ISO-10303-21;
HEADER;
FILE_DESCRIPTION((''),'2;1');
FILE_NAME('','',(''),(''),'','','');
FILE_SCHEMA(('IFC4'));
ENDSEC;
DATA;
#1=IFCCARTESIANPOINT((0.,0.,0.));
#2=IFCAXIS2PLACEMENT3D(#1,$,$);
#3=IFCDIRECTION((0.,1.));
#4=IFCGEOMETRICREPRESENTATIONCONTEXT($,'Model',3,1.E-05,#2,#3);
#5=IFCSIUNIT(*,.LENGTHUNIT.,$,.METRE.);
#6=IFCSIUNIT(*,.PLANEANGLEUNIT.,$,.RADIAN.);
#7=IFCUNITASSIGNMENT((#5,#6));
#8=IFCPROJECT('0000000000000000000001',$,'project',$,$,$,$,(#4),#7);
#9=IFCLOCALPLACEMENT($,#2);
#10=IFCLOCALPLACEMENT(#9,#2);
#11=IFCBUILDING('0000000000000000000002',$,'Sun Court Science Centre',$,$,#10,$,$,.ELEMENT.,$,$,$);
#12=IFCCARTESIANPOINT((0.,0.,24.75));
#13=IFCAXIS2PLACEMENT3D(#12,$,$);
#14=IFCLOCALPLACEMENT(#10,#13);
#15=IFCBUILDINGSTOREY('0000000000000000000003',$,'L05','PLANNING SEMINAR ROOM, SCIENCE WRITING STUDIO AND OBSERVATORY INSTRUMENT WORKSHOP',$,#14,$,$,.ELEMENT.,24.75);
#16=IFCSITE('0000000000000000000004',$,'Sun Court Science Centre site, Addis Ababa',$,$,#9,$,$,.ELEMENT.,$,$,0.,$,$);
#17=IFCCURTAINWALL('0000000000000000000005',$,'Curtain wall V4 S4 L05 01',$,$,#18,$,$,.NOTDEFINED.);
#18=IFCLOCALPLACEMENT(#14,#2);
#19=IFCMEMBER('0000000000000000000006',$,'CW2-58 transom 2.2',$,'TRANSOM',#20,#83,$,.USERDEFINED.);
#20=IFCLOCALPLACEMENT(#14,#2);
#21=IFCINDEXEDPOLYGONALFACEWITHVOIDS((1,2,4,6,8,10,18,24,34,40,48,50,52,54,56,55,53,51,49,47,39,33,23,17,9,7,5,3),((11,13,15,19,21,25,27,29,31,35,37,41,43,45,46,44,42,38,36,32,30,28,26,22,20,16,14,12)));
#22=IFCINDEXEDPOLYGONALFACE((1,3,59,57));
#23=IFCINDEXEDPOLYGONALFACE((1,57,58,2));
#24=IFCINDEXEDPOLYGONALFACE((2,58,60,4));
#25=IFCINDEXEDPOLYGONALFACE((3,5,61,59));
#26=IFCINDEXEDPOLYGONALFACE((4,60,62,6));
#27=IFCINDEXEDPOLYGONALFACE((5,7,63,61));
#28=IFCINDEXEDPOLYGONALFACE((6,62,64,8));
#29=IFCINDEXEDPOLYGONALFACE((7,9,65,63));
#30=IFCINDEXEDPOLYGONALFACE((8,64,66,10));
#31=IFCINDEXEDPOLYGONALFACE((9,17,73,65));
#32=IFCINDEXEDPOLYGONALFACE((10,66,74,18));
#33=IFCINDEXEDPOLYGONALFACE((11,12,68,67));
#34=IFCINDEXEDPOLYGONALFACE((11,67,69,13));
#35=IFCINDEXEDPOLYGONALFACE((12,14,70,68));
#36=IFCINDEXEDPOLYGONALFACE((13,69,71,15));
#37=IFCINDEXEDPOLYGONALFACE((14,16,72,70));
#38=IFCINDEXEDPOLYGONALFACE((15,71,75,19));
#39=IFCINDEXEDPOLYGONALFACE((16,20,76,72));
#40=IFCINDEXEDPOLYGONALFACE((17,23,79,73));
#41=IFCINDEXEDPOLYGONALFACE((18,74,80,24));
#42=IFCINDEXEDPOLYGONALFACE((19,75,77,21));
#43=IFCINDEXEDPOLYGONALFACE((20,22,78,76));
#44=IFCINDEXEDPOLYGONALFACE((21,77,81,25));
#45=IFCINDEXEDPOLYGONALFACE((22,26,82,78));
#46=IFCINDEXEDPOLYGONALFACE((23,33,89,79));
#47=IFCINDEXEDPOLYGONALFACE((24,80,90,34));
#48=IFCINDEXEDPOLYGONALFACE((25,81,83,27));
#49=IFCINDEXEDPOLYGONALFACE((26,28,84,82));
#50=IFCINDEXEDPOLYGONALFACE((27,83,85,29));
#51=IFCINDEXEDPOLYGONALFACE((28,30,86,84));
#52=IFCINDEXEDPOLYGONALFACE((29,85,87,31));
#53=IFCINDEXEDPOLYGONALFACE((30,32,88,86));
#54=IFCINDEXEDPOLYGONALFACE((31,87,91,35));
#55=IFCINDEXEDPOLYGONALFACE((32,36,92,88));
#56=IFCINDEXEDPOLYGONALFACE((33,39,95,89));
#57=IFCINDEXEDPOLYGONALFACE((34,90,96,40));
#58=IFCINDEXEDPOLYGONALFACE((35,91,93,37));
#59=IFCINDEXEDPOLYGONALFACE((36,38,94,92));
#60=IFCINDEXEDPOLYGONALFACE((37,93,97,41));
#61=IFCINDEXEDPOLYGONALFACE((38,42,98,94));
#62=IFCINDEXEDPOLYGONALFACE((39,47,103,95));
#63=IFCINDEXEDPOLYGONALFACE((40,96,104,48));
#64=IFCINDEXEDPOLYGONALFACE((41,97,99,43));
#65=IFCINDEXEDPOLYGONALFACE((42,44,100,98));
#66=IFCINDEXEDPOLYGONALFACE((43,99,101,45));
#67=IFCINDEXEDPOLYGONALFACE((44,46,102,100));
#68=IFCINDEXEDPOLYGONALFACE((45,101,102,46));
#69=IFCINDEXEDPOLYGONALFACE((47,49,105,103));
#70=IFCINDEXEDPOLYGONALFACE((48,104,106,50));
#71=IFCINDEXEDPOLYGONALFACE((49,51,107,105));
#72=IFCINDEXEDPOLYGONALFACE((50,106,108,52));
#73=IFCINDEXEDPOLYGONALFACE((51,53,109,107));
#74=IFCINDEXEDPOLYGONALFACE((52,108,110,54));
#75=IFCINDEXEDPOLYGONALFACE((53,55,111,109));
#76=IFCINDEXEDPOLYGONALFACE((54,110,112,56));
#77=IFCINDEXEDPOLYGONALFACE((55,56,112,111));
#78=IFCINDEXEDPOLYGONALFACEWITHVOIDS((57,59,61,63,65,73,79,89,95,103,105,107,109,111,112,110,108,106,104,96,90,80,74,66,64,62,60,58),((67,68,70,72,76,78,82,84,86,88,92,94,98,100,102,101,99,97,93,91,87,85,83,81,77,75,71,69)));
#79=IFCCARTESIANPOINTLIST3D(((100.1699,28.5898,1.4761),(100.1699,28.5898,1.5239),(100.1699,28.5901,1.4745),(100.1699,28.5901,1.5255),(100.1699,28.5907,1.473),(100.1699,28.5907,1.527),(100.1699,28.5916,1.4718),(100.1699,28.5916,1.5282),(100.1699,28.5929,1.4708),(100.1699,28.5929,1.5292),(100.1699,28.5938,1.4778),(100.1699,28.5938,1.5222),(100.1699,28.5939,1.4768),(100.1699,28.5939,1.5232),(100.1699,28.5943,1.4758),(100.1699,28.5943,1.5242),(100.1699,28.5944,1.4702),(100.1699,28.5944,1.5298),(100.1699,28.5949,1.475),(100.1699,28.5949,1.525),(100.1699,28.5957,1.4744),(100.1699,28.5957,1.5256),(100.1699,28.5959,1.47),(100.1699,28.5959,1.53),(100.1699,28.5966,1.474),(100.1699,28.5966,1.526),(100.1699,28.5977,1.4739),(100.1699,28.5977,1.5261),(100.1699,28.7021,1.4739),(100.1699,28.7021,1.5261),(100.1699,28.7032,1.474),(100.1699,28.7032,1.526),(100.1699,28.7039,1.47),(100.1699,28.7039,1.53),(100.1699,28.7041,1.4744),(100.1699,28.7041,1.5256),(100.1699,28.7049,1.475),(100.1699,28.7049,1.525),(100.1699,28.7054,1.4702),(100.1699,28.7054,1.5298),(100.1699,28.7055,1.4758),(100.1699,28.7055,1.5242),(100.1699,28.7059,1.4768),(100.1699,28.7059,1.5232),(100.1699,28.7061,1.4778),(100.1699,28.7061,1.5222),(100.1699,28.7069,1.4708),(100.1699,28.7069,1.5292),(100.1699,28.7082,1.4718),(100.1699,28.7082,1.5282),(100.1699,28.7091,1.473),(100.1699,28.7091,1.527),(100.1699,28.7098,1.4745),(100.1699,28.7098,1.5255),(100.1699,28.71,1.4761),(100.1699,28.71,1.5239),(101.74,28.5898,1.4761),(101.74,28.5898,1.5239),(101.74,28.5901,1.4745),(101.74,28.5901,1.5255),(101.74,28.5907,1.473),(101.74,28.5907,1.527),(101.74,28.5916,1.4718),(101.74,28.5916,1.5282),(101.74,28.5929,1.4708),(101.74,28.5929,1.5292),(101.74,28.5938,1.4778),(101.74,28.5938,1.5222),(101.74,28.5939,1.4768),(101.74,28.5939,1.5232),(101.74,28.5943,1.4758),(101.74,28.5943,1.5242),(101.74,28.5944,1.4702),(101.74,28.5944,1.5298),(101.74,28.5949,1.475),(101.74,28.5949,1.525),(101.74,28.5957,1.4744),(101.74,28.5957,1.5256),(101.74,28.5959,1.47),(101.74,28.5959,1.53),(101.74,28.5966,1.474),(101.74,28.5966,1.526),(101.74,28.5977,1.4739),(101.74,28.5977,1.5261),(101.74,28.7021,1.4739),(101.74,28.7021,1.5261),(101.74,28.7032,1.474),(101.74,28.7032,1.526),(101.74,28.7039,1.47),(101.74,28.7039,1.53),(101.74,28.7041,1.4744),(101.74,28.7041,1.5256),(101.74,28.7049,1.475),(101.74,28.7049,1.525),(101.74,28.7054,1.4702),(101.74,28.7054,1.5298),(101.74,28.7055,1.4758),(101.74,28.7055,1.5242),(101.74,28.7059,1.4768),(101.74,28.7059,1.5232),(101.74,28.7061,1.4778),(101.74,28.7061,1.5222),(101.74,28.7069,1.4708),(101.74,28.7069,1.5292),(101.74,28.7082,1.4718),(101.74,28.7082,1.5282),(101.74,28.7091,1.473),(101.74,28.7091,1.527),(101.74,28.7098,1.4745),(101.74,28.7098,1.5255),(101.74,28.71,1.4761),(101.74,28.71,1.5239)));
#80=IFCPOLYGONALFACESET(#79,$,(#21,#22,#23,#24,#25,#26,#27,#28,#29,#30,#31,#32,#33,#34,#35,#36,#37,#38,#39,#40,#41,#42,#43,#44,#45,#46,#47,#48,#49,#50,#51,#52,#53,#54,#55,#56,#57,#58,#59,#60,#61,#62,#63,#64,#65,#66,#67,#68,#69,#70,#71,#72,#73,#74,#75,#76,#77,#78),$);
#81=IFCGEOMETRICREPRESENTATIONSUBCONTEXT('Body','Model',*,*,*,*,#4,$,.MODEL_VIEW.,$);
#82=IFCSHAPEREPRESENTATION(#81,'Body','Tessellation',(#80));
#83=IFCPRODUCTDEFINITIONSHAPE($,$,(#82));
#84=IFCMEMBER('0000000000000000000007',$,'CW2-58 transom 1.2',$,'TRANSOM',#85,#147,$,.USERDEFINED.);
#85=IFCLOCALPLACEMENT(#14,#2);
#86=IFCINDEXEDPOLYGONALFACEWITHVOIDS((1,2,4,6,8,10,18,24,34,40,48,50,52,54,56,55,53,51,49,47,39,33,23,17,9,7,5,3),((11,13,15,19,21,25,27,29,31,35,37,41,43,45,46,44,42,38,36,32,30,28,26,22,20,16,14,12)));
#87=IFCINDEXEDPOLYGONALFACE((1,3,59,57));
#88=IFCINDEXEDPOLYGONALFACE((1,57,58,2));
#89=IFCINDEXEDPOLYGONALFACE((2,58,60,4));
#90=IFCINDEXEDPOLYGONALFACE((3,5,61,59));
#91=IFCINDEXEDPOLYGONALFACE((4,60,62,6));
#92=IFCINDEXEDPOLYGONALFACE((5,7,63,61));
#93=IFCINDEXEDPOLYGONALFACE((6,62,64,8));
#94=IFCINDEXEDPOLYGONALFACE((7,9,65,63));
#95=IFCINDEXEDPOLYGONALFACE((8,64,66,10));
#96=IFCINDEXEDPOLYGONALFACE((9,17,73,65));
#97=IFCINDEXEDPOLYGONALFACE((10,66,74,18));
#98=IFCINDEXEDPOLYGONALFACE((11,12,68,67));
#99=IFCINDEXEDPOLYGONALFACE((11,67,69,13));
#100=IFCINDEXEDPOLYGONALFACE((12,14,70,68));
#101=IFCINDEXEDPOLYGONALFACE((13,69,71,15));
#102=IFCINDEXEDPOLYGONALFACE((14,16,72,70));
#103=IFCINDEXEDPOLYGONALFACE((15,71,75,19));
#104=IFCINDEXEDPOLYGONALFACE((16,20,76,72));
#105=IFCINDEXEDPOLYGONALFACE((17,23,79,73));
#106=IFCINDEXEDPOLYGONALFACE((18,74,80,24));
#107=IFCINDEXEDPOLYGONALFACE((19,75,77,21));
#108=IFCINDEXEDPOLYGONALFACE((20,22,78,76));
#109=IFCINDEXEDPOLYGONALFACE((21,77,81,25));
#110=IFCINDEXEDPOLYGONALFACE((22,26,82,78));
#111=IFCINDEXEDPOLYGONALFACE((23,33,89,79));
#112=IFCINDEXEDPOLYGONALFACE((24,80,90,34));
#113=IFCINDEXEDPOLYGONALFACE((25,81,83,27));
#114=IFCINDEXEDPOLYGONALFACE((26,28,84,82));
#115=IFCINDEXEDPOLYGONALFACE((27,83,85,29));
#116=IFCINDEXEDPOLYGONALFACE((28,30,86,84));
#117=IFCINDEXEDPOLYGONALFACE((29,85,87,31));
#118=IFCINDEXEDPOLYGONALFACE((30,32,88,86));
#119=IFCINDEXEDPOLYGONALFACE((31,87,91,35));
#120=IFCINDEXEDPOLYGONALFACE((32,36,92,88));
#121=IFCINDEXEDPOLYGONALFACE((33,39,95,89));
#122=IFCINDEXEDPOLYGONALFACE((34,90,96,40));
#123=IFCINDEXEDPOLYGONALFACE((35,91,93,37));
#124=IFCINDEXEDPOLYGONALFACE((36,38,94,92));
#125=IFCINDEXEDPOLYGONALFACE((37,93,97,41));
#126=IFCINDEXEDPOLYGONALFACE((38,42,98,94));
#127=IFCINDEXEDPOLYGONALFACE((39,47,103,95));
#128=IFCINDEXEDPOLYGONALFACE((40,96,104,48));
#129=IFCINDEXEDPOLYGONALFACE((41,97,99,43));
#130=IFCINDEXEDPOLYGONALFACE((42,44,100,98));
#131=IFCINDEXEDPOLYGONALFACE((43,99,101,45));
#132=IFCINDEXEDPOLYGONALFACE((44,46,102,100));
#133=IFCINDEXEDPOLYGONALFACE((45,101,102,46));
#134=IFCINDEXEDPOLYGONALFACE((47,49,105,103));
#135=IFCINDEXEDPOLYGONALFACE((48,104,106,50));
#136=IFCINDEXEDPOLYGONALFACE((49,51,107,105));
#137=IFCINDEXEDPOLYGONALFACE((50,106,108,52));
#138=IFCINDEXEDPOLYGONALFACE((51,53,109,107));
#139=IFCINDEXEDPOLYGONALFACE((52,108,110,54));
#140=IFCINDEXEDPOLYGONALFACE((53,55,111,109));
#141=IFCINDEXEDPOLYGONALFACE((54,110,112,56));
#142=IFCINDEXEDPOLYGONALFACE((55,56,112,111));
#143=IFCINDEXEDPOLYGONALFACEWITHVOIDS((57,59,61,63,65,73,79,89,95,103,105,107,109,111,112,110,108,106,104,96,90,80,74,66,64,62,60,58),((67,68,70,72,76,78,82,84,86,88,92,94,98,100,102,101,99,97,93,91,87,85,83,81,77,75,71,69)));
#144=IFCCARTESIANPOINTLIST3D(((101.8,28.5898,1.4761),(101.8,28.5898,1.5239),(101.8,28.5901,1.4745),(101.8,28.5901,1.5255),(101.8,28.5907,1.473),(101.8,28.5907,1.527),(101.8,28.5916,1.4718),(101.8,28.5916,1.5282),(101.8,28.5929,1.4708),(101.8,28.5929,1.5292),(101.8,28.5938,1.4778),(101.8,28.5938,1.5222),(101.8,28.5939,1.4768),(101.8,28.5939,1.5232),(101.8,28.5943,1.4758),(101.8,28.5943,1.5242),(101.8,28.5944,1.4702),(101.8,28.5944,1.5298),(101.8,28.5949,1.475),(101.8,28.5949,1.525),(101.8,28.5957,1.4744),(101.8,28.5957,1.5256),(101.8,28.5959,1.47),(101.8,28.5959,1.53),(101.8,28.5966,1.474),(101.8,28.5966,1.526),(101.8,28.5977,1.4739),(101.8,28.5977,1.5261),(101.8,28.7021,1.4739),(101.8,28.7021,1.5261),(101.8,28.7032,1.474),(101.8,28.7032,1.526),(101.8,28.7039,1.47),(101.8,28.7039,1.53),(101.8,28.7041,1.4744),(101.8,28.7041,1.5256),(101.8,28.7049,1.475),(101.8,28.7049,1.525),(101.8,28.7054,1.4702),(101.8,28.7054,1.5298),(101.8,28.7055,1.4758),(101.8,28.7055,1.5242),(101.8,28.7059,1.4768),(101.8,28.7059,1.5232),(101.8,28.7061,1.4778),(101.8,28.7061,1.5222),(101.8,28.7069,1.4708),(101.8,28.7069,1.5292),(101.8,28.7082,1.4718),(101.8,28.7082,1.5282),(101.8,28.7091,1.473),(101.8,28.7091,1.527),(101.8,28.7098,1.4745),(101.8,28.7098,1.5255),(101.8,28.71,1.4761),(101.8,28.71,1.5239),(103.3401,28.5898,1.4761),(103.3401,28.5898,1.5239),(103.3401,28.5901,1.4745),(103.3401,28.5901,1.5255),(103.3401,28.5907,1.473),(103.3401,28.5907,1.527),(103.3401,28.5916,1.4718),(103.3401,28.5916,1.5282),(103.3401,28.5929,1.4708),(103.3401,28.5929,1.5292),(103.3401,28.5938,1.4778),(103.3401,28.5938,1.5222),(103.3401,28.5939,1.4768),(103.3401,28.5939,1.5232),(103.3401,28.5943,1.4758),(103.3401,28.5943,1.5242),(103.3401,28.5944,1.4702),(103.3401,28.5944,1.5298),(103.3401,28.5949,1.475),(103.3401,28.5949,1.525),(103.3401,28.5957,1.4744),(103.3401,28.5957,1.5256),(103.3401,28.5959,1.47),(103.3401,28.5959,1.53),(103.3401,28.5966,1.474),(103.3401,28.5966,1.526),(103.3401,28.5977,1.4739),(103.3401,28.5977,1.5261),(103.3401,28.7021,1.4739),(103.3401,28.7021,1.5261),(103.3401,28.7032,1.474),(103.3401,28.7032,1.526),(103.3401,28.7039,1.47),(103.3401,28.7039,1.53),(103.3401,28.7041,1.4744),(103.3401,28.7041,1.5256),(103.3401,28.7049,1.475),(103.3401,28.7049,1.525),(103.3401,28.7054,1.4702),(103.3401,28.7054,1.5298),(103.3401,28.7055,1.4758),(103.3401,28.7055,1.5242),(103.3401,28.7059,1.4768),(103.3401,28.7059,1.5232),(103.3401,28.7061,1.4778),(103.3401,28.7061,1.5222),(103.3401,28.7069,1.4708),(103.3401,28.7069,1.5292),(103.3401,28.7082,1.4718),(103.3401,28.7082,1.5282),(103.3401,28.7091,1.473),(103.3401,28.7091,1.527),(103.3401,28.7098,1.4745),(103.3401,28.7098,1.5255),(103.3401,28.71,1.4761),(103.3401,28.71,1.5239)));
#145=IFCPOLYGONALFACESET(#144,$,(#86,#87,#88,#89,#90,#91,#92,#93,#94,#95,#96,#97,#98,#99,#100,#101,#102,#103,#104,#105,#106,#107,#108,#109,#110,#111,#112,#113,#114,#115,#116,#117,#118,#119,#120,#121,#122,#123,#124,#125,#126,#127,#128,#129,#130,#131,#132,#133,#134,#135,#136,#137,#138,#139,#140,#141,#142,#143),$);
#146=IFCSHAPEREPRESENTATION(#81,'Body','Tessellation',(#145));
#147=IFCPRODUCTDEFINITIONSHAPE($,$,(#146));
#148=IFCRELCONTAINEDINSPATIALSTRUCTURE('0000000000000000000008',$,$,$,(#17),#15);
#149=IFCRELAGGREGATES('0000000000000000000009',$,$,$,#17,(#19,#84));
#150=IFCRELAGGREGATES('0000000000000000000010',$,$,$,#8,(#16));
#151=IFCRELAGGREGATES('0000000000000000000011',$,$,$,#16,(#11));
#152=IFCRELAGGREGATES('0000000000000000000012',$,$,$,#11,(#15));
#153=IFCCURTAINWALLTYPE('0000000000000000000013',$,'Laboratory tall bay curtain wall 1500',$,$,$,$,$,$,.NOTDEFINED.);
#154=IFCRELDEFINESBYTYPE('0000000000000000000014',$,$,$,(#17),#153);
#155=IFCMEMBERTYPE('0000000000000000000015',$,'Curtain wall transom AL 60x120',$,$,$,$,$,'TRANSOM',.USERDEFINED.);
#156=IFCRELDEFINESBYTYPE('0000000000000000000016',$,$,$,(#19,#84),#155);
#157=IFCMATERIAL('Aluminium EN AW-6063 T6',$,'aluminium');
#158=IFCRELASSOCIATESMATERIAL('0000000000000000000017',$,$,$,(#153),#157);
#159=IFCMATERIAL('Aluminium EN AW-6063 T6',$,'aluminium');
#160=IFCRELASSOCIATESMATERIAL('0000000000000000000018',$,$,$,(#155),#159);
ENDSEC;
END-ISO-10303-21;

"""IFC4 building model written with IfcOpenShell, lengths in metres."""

from ifc_helpers import new_model, si_unit, direction, frame, origin, origin_2d, place, context, subcontext, project, spatial, hollow_rectangle, extrude, material, material_profile, profile_set, type_object, element, aggregate, save


model = new_model("IFC4")

# Units and contexts
model_context = context("Model", 3, precision=1e-05, world=origin(), true_north=direction((0.0, 1.0)))
body_context = subcontext(model_context, "Body", "Model", "MODEL_VIEW")
ifc_project = project(units=[si_unit("LENGTHUNIT", "METRE"), si_unit("PLANEANGLEUNIT", "RADIAN")], contexts=[model_context])

# Site, building, storey
site_placement = place(None, origin())
site = spatial("IfcSite", under=ifc_project, at=site_placement, Name="Sun Court Science Centre site, Addis Ababa", CompositionType="ELEMENT", RefElevation=0.0)
building_placement = place(site_placement, origin())
building = spatial("IfcBuilding", under=site, at=building_placement, Name="Sun Court Science Centre", CompositionType="ELEMENT")
storey_placement = place(building_placement, frame((0.0, 0.0, 24.75)))
storey = spatial("IfcBuildingStorey", under=building, at=storey_placement, Name="L05", Description="PLANNING SEMINAR ROOM, SCIENCE WRITING STUDIO AND OBSERVATORY INSTRUMENT WORKSHOP", CompositionType="ELEMENT", Elevation=24.75)

# Curtain wall
ifc_material_1 = material(Name="Aluminium EN AW-6063 T6", Category="aluminium")
curtain_wall_type = type_object("IfcCurtainWallType", Name="Laboratory tall bay curtain wall 1500", PredefinedType="NOTDEFINED", material=ifc_material_1)
curtain_wall_1_placement = place(storey_placement, origin())
curtain_wall_1 = element("IfcCurtainWall", 1, at=curtain_wall_1_placement, inside=storey, type_object=curtain_wall_type, Name="Curtain wall V4 S4 L05 01", PredefinedType="NOTDEFINED")

# Members
ifc_material_2 = material(Name="Aluminium EN AW-6063 T6", Category="aluminium")
ifc_material_profile_1 = material_profile(ifc_material_2, hollow_rectangle(XDim=0.0601, YDim=0.1201, WallThickness=0.0039, InnerFilletRadius=0.0039, OuterFilletRadius=0.0061, at=origin_2d()), Name="AL 60x120x4")
ifc_profile_set_1 = profile_set([ifc_material_profile_1], Name="Aluminium EN AW-6063 T6")
member_type_1 = type_object("IfcMemberType", Name="Curtain wall transom AL 60x120", ElementType="TRANSOM", PredefinedType="USERDEFINED", material=ifc_profile_set_1)
member_1_placement = place(storey_placement, frame((101.74, 28.6499, 1.5), z_axis=(-1.0, 0.0, 0.0), x_axis=(0.0, 0.0, 1.0)))
member_1 = element("IfcMember", 2, at=member_1_placement, type_object=member_type_1, Name="CW2-58 transom 2.2", ObjectType="TRANSOM", PredefinedType="USERDEFINED", context=body_context, shape_type="SweptSolid", body=[
    extrude(hollow_rectangle(XDim=0.0601, YDim=0.1201, WallThickness=0.0039, InnerFilletRadius=0.0039, OuterFilletRadius=0.0061, at=origin_2d()), origin(), (0.0, 0.0, 1.0), 1.5701),
])
member_2_placement = place(storey_placement, frame((103.3401, 28.6499, 1.5), z_axis=(-1.0, 0.0, 0.0), x_axis=(0.0, 0.0, 1.0)))
member_2 = element("IfcMember", 3, at=member_2_placement, type_object=member_type_1, Name="CW2-58 transom 1.2", ObjectType="TRANSOM", PredefinedType="USERDEFINED", context=body_context, shape_type="SweptSolid", body=[
    extrude(hollow_rectangle(XDim=0.0601, YDim=0.1201, WallThickness=0.0039, InnerFilletRadius=0.0039, OuterFilletRadius=0.0061, at=origin_2d()), origin(), (0.0, 0.0, 1.0), 1.54),
])

aggregate(curtain_wall_1, [member_1, member_2])

save(model, "model.ifc")
